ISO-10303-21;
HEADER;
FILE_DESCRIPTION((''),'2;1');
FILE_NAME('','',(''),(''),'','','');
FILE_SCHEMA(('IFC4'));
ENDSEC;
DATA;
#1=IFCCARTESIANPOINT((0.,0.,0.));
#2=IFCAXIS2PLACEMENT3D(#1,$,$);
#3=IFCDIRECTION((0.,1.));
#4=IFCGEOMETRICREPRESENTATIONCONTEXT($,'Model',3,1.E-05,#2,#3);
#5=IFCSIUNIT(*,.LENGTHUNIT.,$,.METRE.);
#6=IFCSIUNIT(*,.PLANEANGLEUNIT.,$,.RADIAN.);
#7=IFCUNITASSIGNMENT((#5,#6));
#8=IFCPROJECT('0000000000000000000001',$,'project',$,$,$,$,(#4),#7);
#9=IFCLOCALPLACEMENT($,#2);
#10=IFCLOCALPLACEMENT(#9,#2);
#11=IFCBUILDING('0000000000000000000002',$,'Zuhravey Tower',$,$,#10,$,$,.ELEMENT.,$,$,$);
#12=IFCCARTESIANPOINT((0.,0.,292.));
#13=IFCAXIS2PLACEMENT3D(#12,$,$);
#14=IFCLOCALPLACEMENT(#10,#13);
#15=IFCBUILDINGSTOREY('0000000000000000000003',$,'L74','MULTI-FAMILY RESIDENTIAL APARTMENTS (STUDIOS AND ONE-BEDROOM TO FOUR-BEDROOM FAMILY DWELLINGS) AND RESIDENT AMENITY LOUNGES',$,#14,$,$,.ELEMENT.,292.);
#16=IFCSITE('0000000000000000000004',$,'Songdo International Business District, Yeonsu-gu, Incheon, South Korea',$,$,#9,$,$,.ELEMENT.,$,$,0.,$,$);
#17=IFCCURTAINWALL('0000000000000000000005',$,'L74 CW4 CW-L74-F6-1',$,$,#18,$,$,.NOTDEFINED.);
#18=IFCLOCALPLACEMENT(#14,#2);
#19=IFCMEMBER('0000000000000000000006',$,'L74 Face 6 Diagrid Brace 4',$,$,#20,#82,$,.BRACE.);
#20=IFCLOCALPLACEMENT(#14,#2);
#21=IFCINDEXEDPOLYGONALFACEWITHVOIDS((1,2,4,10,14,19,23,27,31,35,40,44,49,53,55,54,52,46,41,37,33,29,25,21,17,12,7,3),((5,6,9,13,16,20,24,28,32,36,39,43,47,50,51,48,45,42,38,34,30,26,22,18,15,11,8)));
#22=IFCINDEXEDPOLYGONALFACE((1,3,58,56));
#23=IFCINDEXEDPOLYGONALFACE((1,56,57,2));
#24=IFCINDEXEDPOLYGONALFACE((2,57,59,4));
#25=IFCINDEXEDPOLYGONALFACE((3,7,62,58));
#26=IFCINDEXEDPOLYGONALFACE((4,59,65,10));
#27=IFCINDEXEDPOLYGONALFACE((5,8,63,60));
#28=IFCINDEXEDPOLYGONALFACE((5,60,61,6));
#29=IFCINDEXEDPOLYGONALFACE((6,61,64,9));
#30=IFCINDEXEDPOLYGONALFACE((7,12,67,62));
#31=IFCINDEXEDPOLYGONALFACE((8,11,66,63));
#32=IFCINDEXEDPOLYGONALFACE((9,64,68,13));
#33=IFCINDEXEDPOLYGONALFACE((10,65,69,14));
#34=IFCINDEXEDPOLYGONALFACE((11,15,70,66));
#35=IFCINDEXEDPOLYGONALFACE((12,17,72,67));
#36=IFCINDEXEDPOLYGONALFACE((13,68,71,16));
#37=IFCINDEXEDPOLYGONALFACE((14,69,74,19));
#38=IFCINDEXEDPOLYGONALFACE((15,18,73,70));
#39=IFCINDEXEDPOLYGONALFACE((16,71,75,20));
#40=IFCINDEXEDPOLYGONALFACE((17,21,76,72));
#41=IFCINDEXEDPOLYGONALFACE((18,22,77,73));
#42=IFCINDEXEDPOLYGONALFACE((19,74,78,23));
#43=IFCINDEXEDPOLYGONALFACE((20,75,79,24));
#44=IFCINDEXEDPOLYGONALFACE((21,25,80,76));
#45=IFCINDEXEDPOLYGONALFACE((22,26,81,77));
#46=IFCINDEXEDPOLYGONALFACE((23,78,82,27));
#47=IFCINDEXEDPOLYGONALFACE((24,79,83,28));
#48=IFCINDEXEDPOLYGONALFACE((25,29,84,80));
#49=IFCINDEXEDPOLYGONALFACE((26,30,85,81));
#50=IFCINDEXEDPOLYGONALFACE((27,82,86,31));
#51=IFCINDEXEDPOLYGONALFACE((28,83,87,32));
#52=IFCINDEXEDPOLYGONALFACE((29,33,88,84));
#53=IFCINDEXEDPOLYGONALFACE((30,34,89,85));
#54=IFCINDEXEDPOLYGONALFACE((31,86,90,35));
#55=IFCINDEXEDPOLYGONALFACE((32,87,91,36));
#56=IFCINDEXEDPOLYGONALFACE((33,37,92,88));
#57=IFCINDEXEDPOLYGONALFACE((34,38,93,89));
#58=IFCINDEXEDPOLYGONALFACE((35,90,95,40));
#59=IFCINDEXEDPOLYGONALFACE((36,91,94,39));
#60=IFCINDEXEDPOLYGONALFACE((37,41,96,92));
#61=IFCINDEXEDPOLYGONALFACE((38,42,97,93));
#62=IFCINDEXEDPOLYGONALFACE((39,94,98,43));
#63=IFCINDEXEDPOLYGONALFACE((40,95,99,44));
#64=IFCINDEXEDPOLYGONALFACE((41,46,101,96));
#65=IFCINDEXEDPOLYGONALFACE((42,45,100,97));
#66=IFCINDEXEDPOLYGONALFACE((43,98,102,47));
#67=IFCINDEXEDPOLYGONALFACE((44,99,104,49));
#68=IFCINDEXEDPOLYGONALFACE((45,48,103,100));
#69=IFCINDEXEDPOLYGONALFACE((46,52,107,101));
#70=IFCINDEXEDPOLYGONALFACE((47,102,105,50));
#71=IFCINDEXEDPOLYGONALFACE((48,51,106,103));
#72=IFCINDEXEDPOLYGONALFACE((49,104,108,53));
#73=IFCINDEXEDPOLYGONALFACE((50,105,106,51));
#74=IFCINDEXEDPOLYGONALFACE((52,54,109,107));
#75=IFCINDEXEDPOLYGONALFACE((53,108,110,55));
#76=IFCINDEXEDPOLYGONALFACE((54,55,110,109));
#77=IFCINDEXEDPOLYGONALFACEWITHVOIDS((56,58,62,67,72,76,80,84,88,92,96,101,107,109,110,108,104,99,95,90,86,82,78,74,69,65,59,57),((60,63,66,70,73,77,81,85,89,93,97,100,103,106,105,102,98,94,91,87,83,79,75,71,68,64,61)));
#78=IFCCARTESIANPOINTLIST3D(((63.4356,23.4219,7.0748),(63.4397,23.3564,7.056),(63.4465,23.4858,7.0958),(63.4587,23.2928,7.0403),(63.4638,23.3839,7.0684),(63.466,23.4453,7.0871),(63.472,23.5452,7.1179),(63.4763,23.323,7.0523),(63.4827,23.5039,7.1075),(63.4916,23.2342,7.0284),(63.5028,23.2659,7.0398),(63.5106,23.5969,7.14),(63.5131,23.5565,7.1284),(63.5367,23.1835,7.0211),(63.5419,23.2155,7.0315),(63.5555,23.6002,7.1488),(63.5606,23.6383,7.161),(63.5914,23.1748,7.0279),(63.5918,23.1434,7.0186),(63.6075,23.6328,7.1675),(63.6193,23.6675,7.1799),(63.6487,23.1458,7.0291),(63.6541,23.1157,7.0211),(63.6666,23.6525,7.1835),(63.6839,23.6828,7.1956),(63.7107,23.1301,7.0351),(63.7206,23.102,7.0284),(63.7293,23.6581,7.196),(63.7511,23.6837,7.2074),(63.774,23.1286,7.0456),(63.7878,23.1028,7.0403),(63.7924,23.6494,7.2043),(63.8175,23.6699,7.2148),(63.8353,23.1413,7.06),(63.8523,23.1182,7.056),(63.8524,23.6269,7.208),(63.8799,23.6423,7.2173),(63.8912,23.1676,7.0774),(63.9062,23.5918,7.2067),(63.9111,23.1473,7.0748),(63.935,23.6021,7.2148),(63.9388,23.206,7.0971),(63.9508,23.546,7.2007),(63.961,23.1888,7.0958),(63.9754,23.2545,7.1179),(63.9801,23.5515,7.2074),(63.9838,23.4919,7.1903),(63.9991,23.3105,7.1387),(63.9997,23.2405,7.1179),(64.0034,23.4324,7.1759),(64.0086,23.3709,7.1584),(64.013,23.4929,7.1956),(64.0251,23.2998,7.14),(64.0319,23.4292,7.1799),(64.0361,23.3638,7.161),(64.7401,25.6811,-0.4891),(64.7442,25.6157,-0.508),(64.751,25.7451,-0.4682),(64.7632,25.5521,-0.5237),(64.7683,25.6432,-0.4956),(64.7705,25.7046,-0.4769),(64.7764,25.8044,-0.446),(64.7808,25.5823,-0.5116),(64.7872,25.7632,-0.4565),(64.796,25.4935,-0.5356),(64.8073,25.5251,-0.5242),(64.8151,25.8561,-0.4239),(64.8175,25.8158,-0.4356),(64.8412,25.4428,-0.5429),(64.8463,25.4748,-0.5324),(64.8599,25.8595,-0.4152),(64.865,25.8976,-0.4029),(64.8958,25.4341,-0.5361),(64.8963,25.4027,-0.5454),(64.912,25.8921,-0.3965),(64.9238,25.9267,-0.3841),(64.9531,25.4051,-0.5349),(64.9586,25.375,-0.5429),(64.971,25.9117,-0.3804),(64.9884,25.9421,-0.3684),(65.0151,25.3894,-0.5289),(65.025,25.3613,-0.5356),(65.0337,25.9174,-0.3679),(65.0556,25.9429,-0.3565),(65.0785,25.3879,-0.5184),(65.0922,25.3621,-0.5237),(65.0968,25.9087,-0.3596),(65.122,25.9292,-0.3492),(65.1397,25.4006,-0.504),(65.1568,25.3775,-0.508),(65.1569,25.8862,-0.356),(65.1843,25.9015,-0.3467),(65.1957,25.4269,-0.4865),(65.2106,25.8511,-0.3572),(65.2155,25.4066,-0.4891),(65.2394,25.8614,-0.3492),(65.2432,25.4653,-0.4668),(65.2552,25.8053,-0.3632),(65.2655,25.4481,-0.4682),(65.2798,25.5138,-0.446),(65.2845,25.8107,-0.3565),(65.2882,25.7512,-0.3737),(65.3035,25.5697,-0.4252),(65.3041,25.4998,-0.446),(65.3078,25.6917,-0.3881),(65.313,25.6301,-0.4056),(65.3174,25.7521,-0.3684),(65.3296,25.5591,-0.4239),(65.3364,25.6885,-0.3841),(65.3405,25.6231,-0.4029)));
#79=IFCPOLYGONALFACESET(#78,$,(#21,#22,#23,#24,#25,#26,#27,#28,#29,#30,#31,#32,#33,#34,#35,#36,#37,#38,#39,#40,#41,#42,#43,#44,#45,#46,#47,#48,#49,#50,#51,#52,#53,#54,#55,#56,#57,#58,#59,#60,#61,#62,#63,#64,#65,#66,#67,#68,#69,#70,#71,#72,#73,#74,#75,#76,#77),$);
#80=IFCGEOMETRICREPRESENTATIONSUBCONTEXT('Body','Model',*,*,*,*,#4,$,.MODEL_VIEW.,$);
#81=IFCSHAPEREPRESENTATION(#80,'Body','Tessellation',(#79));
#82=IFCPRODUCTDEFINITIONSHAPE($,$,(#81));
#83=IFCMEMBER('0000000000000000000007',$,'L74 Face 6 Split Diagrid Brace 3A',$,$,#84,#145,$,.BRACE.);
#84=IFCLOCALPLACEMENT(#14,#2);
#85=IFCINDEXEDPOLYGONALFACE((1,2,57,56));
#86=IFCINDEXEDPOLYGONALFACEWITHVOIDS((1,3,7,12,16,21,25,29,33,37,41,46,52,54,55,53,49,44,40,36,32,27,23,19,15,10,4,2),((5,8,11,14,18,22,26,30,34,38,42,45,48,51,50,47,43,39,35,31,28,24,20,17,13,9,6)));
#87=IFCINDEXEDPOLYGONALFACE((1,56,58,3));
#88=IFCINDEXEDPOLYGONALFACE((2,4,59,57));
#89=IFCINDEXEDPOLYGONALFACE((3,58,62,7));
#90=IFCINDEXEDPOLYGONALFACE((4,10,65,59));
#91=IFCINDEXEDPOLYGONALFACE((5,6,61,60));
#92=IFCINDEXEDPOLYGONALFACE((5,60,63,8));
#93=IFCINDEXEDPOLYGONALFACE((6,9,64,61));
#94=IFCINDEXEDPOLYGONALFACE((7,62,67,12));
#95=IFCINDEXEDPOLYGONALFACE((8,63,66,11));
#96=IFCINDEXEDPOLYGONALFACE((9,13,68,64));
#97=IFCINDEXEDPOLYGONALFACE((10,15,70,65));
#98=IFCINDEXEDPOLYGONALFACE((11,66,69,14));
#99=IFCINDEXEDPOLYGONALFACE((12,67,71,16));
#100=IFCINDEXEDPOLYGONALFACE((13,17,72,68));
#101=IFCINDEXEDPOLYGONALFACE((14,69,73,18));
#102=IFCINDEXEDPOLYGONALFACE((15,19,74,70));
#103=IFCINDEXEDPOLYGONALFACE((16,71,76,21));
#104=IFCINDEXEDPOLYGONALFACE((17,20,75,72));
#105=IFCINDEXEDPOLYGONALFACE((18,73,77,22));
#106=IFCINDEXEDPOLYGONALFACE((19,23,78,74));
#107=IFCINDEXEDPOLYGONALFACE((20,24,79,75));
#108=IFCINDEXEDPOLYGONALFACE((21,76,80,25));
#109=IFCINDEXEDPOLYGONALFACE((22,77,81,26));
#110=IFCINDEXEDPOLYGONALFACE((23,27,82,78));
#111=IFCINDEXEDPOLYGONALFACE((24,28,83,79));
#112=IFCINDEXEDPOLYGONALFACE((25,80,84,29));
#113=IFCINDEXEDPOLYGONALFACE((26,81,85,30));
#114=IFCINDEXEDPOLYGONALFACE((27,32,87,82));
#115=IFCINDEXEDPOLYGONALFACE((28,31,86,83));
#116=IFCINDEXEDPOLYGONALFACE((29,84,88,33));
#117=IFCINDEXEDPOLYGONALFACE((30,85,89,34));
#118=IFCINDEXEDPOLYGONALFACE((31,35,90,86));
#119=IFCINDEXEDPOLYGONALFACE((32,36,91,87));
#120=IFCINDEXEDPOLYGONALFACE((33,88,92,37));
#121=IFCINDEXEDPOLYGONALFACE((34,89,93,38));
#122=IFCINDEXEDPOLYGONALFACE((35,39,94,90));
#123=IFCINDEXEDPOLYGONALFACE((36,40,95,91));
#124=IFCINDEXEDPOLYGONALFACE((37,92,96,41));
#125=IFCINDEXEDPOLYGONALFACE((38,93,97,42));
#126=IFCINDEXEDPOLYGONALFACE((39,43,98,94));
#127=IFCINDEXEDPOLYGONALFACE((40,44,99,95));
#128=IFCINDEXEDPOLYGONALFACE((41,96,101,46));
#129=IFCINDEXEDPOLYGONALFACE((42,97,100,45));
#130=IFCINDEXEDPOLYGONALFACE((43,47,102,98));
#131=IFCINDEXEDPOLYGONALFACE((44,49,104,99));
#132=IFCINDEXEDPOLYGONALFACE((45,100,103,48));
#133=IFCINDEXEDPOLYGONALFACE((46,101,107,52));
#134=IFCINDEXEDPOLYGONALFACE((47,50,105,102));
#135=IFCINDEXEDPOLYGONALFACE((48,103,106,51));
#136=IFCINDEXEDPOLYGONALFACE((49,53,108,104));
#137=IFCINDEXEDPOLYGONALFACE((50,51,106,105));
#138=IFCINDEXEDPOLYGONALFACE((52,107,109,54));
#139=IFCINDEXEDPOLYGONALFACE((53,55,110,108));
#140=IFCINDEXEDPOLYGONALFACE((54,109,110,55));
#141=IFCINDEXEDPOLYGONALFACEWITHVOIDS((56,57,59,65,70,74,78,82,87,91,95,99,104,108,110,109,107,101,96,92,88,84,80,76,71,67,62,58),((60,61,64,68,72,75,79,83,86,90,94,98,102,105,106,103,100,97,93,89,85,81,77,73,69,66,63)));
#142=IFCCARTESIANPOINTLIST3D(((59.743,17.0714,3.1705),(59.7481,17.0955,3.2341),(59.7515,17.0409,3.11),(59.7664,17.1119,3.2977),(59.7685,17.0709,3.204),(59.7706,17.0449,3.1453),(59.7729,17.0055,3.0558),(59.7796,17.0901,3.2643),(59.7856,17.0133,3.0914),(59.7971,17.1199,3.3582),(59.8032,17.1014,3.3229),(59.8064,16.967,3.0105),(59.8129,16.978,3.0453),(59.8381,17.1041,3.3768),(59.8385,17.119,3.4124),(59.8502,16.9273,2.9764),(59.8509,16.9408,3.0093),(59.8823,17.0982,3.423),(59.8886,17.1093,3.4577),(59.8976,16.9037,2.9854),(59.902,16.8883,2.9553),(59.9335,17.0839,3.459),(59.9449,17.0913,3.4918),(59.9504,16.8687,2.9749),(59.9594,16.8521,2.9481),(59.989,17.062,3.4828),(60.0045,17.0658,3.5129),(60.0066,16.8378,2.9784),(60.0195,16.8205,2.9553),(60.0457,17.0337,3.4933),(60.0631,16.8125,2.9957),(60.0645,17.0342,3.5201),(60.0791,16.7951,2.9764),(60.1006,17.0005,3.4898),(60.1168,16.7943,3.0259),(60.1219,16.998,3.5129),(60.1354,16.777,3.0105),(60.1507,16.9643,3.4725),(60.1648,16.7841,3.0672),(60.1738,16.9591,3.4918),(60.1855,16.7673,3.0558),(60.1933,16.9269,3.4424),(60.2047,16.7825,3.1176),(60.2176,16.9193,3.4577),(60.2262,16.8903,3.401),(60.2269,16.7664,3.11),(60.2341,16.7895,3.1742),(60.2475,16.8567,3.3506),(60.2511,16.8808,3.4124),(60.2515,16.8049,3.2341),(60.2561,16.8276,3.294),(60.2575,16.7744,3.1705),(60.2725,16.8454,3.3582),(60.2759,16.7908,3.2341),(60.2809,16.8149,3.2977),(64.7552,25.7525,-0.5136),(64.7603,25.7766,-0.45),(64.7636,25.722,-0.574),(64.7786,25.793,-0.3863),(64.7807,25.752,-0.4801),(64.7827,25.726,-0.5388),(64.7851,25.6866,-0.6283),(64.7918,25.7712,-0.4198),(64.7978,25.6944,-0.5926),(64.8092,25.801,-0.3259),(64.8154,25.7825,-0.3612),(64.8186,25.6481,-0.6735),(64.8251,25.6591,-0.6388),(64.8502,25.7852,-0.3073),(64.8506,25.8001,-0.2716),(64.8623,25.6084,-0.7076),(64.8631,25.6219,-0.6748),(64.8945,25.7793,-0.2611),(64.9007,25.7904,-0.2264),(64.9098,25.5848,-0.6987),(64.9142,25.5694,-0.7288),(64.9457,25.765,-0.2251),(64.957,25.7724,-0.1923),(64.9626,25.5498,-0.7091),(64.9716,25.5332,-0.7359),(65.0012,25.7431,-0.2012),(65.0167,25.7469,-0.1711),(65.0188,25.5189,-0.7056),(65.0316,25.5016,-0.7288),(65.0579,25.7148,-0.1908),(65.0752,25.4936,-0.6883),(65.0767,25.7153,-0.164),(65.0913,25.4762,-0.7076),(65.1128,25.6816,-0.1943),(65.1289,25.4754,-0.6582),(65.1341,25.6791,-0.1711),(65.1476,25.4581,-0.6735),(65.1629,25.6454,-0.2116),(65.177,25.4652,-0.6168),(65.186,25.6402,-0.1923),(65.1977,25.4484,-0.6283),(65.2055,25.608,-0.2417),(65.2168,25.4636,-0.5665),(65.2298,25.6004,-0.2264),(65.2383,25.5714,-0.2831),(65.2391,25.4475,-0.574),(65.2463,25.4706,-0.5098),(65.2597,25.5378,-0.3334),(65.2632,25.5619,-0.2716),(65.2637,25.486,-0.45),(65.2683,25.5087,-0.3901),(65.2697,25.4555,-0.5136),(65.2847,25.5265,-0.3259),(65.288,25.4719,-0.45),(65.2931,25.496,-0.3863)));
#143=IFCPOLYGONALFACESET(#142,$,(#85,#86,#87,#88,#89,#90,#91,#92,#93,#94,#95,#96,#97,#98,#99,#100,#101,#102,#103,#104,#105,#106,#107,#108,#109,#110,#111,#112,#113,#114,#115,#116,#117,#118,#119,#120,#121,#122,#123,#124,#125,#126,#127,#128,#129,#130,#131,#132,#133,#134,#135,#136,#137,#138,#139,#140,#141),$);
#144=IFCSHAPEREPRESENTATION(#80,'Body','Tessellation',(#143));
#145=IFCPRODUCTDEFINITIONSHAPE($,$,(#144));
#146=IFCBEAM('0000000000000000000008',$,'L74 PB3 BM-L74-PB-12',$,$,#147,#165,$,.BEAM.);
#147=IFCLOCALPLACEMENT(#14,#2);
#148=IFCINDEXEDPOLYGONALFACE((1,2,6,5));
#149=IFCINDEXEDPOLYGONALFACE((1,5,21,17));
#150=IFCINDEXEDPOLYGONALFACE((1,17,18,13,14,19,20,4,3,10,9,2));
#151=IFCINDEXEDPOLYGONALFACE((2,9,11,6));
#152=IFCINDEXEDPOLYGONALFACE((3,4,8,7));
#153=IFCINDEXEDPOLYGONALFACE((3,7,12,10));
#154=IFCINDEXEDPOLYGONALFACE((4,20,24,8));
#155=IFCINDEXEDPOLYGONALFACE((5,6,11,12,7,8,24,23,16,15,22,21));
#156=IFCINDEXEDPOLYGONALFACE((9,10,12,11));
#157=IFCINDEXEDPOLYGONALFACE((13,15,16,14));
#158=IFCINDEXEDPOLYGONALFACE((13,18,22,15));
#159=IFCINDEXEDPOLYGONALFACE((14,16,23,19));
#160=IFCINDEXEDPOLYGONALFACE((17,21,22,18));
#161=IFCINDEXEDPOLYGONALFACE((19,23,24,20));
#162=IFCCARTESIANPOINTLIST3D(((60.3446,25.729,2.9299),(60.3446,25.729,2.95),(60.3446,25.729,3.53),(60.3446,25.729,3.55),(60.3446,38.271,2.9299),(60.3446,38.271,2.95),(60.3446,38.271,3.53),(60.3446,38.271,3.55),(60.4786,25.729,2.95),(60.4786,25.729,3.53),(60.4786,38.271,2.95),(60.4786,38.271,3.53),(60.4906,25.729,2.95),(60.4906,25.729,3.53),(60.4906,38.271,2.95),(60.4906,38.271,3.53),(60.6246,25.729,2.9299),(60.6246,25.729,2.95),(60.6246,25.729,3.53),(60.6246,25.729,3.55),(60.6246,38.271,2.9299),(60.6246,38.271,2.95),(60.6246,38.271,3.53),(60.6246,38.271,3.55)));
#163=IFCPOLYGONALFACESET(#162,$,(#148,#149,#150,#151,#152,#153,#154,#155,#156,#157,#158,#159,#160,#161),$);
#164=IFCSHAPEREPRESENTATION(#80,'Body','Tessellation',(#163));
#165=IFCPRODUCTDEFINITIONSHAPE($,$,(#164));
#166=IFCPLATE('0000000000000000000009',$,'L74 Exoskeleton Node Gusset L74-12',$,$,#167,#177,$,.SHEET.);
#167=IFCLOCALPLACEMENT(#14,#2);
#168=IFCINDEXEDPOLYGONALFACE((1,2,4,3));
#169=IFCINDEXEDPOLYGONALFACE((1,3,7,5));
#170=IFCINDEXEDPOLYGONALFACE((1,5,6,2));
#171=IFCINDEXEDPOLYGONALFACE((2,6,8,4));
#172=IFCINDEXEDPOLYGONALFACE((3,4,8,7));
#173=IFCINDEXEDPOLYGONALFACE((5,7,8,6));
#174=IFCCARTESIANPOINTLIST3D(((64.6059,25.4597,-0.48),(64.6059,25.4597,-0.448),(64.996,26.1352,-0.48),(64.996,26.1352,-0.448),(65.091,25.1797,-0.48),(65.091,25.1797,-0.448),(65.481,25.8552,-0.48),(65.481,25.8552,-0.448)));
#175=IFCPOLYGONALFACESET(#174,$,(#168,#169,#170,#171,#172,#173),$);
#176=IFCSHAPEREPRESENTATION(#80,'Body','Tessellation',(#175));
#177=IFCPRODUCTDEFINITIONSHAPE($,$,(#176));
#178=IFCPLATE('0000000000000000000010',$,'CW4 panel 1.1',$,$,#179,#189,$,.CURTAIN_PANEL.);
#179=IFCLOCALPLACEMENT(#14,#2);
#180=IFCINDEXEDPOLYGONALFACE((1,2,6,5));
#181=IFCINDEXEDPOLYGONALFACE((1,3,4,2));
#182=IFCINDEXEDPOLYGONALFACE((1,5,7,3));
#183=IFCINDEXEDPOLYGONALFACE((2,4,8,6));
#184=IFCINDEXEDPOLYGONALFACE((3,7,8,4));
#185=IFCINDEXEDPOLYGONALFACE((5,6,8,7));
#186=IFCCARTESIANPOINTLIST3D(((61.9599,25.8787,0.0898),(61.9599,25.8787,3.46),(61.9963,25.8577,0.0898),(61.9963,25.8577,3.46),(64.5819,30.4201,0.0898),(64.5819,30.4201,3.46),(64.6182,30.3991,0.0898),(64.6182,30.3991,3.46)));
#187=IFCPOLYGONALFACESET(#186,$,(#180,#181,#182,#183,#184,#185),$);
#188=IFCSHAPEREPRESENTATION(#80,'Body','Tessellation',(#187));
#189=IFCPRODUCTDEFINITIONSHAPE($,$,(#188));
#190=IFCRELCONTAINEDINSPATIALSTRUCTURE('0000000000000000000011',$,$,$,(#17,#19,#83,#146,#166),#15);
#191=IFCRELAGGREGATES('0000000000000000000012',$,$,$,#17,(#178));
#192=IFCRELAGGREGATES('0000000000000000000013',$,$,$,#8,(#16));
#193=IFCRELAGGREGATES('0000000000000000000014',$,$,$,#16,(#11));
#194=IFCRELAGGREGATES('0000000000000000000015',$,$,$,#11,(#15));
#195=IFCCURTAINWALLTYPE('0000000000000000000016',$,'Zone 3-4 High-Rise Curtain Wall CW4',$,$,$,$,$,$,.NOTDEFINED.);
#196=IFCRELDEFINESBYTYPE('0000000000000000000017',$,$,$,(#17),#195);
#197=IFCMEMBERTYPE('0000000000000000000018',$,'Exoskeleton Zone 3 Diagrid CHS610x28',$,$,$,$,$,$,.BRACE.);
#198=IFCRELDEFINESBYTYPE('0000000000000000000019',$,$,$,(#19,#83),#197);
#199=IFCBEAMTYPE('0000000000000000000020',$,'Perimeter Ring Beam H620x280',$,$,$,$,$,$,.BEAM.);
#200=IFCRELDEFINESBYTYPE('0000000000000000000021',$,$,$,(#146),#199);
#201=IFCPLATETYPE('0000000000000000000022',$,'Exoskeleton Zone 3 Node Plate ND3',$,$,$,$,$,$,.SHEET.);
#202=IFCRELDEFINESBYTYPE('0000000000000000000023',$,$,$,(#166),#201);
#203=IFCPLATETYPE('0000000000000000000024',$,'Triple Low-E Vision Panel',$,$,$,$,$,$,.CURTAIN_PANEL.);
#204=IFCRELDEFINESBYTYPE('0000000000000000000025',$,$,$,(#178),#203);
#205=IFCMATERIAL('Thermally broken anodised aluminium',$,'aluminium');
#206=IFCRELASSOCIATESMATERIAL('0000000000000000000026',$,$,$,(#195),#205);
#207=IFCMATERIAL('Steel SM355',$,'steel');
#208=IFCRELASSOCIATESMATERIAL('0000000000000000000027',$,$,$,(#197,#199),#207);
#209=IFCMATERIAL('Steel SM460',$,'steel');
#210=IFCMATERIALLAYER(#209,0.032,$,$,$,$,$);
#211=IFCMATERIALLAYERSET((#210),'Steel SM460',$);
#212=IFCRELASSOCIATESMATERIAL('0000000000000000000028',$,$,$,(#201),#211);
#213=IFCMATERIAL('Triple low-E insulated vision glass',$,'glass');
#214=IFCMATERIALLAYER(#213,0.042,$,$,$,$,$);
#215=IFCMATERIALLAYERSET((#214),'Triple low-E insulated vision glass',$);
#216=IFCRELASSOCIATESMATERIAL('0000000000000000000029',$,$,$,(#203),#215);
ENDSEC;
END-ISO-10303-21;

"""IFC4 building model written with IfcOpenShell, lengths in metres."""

from ifc_helpers import new_model, si_unit, direction, frame, origin, origin_2d, place, context, subcontext, project, spatial, rectangle, hollow_circle, i_section, extrude, material, layer, layer_set, material_profile, profile_set, type_object, element, aggregate, save


model = new_model("IFC4")

# Units and contexts
model_context = context("Model", 3, precision=1e-05, world=origin(), true_north=direction((0.0, 1.0)))
body_context = subcontext(model_context, "Body", "Model", "MODEL_VIEW")
ifc_project = project(units=[si_unit("LENGTHUNIT", "METRE"), si_unit("PLANEANGLEUNIT", "RADIAN")], contexts=[model_context])

# Site, building, storey
site_placement = place(None, origin())
site = spatial("IfcSite", under=ifc_project, at=site_placement, Name="Songdo International Business District, Yeonsu-gu, Incheon, South Korea", CompositionType="ELEMENT", RefElevation=0.0)
building_placement = place(site_placement, origin())
building = spatial("IfcBuilding", under=site, at=building_placement, Name="Zuhravey Tower", CompositionType="ELEMENT")
storey_placement = place(building_placement, frame((0.0, 0.0, 292.0)))
storey = spatial("IfcBuildingStorey", under=building, at=storey_placement, Name="L74", Description="MULTI-FAMILY RESIDENTIAL APARTMENTS (STUDIOS AND ONE-BEDROOM TO FOUR-BEDROOM FAMILY DWELLINGS) AND RESIDENT AMENITY LOUNGES", CompositionType="ELEMENT", Elevation=292.0)

# Curtain wall
ifc_material_1 = material(Name="Thermally broken anodised aluminium", Category="aluminium")
curtain_wall_type = type_object("IfcCurtainWallType", Name="Zone 3-4 High-Rise Curtain Wall CW4", PredefinedType="NOTDEFINED", material=ifc_material_1)
curtain_wall_placement = place(storey_placement, origin())
curtain_wall = element("IfcCurtainWall", 1, at=curtain_wall_placement, inside=storey, type_object=curtain_wall_type, Name="L74 CW4 CW-L74-F6-1", PredefinedType="NOTDEFINED")

# Members
ifc_material_2 = material(Name="Steel SM355", Category="steel")
ifc_material_profile_1 = material_profile(ifc_material_2, hollow_circle(Radius=0.3047, WallThickness=0.0281, at=origin_2d()), Name="CHS-609.6x28")
ifc_profile_set_1 = profile_set([ifc_material_profile_1], Name="Steel SM355")
member_type_1 = type_object("IfcMemberType", Name="Exoskeleton Zone 3 Diagrid CHS610x28", PredefinedType="BRACE", material=ifc_profile_set_1)
member_1_placement = place(storey_placement, frame((65.0403, 25.6521, -0.446), z_axis=(-0.163031, -0.282367, 0.945352), x_axis=(0.866017, -0.500014, 0.0)))
element("IfcMember", 2, at=member_1_placement, inside=storey, type_object=member_type_1, Name="L74 Face 6 Diagrid Brace 4", PredefinedType="BRACE", context=body_context, shape_type="SweptSolid", body=[
    extrude(hollow_circle(Radius=0.3047, WallThickness=0.0281, at=origin_2d()), origin(), (0.0, 0.0, 1.0), 8.0012),
])
member_2_placement = place(storey_placement, frame((65.0242, 25.6243, -0.45), z_axis=(-0.469319, -0.812861, 0.34496), x_axis=(0.866019, -0.500011, 0.0)))
element("IfcMember", 3, at=member_2_placement, inside=storey, type_object=member_type_1, Name="L74 Face 6 Split Diagrid Brace 3A", PredefinedType="BRACE", context=body_context, shape_type="SweptSolid", body=[
    extrude(hollow_circle(Radius=0.3047, WallThickness=0.0281, at=origin_2d()), origin(), (0.0, 0.0, 1.0), 10.6797),
])

# Beam
ifc_material_profile_2 = material_profile(ifc_material_2, i_section(OverallWidth=0.28, OverallDepth=0.6201, WebThickness=0.012, FlangeThickness=0.02, at=origin_2d()), Name="H-620x280x12x20")
ifc_profile_set_2 = profile_set([ifc_material_profile_2], Name="Steel SM355")
beam_type = type_object("IfcBeamType", Name="Perimeter Ring Beam H620x280", PredefinedType="BEAM", material=ifc_profile_set_2)
beam_placement = place(storey_placement, frame((60.4846, 25.729, 3.24), z_axis=(0.0, 1.0, 0.0), x_axis=(-1.0, 0.0, 0.0)))
element("IfcBeam", 4, at=beam_placement, inside=storey, type_object=beam_type, Name="L74 PB3 BM-L74-PB-12", PredefinedType="BEAM", context=body_context, shape_type="SweptSolid", body=[
    extrude(i_section(OverallWidth=0.28, OverallDepth=0.6201, WebThickness=0.012, FlangeThickness=0.02, at=origin_2d()), origin(), (0.0, 0.0, 1.0), 12.542),
])

# Plates
ifc_material_3 = material(Name="Steel SM460", Category="steel")
ifc_layer_1 = layer(ifc_material_3, 0.032)
ifc_layer_set_1 = layer_set([ifc_layer_1], Name="Steel SM460")
plate_type_1 = type_object("IfcPlateType", Name="Exoskeleton Zone 3 Node Plate ND3", PredefinedType="SHEET", material=ifc_layer_set_1)
plate_1_placement = place(storey_placement, frame((65.0435, 25.6575, -0.48), z_axis=(0.0, 0.0, 1.0), x_axis=(0.5, 0.866025, 0.0)))
element("IfcPlate", 5, at=plate_1_placement, inside=storey, type_object=plate_type_1, Name="L74 Exoskeleton Node Gusset L74-12", PredefinedType="SHEET", context=body_context, shape_type="SweptSolid", body=[
    extrude(rectangle(XDim=0.78, YDim=0.5601, at=origin_2d()), origin(), (0.0, 0.0, 1.0), 0.032),
])
ifc_material_4 = material(Name="Triple low-E insulated vision glass", Category="glass")
ifc_layer_2 = layer(ifc_material_4, 0.042)
ifc_layer_set_2 = layer_set([ifc_layer_2], Name="Triple low-E insulated vision glass")
plate_type_2 = type_object("IfcPlateType", Name="Triple Low-E Vision Panel", PredefinedType="CURTAIN_PANEL", material=ifc_layer_set_2)
plate_2_placement = place(storey_placement, frame((63.2891, 28.1389, 0.0898), z_axis=(0.0, 0.0, 1.0), x_axis=(-0.5, -0.866026, 0.0)))
plate_2 = element("IfcPlate", 6, at=plate_2_placement, type_object=plate_type_2, Name="CW4 panel 1.1", PredefinedType="CURTAIN_PANEL", context=body_context, shape_type="SweptSolid", body=[
    extrude(rectangle(XDim=5.2439, YDim=0.042, at=origin_2d()), origin(), (0.0, 0.0, 1.0), 3.3701),
])
aggregate(curtain_wall, [plate_2])

save(model, "model.ifc")
